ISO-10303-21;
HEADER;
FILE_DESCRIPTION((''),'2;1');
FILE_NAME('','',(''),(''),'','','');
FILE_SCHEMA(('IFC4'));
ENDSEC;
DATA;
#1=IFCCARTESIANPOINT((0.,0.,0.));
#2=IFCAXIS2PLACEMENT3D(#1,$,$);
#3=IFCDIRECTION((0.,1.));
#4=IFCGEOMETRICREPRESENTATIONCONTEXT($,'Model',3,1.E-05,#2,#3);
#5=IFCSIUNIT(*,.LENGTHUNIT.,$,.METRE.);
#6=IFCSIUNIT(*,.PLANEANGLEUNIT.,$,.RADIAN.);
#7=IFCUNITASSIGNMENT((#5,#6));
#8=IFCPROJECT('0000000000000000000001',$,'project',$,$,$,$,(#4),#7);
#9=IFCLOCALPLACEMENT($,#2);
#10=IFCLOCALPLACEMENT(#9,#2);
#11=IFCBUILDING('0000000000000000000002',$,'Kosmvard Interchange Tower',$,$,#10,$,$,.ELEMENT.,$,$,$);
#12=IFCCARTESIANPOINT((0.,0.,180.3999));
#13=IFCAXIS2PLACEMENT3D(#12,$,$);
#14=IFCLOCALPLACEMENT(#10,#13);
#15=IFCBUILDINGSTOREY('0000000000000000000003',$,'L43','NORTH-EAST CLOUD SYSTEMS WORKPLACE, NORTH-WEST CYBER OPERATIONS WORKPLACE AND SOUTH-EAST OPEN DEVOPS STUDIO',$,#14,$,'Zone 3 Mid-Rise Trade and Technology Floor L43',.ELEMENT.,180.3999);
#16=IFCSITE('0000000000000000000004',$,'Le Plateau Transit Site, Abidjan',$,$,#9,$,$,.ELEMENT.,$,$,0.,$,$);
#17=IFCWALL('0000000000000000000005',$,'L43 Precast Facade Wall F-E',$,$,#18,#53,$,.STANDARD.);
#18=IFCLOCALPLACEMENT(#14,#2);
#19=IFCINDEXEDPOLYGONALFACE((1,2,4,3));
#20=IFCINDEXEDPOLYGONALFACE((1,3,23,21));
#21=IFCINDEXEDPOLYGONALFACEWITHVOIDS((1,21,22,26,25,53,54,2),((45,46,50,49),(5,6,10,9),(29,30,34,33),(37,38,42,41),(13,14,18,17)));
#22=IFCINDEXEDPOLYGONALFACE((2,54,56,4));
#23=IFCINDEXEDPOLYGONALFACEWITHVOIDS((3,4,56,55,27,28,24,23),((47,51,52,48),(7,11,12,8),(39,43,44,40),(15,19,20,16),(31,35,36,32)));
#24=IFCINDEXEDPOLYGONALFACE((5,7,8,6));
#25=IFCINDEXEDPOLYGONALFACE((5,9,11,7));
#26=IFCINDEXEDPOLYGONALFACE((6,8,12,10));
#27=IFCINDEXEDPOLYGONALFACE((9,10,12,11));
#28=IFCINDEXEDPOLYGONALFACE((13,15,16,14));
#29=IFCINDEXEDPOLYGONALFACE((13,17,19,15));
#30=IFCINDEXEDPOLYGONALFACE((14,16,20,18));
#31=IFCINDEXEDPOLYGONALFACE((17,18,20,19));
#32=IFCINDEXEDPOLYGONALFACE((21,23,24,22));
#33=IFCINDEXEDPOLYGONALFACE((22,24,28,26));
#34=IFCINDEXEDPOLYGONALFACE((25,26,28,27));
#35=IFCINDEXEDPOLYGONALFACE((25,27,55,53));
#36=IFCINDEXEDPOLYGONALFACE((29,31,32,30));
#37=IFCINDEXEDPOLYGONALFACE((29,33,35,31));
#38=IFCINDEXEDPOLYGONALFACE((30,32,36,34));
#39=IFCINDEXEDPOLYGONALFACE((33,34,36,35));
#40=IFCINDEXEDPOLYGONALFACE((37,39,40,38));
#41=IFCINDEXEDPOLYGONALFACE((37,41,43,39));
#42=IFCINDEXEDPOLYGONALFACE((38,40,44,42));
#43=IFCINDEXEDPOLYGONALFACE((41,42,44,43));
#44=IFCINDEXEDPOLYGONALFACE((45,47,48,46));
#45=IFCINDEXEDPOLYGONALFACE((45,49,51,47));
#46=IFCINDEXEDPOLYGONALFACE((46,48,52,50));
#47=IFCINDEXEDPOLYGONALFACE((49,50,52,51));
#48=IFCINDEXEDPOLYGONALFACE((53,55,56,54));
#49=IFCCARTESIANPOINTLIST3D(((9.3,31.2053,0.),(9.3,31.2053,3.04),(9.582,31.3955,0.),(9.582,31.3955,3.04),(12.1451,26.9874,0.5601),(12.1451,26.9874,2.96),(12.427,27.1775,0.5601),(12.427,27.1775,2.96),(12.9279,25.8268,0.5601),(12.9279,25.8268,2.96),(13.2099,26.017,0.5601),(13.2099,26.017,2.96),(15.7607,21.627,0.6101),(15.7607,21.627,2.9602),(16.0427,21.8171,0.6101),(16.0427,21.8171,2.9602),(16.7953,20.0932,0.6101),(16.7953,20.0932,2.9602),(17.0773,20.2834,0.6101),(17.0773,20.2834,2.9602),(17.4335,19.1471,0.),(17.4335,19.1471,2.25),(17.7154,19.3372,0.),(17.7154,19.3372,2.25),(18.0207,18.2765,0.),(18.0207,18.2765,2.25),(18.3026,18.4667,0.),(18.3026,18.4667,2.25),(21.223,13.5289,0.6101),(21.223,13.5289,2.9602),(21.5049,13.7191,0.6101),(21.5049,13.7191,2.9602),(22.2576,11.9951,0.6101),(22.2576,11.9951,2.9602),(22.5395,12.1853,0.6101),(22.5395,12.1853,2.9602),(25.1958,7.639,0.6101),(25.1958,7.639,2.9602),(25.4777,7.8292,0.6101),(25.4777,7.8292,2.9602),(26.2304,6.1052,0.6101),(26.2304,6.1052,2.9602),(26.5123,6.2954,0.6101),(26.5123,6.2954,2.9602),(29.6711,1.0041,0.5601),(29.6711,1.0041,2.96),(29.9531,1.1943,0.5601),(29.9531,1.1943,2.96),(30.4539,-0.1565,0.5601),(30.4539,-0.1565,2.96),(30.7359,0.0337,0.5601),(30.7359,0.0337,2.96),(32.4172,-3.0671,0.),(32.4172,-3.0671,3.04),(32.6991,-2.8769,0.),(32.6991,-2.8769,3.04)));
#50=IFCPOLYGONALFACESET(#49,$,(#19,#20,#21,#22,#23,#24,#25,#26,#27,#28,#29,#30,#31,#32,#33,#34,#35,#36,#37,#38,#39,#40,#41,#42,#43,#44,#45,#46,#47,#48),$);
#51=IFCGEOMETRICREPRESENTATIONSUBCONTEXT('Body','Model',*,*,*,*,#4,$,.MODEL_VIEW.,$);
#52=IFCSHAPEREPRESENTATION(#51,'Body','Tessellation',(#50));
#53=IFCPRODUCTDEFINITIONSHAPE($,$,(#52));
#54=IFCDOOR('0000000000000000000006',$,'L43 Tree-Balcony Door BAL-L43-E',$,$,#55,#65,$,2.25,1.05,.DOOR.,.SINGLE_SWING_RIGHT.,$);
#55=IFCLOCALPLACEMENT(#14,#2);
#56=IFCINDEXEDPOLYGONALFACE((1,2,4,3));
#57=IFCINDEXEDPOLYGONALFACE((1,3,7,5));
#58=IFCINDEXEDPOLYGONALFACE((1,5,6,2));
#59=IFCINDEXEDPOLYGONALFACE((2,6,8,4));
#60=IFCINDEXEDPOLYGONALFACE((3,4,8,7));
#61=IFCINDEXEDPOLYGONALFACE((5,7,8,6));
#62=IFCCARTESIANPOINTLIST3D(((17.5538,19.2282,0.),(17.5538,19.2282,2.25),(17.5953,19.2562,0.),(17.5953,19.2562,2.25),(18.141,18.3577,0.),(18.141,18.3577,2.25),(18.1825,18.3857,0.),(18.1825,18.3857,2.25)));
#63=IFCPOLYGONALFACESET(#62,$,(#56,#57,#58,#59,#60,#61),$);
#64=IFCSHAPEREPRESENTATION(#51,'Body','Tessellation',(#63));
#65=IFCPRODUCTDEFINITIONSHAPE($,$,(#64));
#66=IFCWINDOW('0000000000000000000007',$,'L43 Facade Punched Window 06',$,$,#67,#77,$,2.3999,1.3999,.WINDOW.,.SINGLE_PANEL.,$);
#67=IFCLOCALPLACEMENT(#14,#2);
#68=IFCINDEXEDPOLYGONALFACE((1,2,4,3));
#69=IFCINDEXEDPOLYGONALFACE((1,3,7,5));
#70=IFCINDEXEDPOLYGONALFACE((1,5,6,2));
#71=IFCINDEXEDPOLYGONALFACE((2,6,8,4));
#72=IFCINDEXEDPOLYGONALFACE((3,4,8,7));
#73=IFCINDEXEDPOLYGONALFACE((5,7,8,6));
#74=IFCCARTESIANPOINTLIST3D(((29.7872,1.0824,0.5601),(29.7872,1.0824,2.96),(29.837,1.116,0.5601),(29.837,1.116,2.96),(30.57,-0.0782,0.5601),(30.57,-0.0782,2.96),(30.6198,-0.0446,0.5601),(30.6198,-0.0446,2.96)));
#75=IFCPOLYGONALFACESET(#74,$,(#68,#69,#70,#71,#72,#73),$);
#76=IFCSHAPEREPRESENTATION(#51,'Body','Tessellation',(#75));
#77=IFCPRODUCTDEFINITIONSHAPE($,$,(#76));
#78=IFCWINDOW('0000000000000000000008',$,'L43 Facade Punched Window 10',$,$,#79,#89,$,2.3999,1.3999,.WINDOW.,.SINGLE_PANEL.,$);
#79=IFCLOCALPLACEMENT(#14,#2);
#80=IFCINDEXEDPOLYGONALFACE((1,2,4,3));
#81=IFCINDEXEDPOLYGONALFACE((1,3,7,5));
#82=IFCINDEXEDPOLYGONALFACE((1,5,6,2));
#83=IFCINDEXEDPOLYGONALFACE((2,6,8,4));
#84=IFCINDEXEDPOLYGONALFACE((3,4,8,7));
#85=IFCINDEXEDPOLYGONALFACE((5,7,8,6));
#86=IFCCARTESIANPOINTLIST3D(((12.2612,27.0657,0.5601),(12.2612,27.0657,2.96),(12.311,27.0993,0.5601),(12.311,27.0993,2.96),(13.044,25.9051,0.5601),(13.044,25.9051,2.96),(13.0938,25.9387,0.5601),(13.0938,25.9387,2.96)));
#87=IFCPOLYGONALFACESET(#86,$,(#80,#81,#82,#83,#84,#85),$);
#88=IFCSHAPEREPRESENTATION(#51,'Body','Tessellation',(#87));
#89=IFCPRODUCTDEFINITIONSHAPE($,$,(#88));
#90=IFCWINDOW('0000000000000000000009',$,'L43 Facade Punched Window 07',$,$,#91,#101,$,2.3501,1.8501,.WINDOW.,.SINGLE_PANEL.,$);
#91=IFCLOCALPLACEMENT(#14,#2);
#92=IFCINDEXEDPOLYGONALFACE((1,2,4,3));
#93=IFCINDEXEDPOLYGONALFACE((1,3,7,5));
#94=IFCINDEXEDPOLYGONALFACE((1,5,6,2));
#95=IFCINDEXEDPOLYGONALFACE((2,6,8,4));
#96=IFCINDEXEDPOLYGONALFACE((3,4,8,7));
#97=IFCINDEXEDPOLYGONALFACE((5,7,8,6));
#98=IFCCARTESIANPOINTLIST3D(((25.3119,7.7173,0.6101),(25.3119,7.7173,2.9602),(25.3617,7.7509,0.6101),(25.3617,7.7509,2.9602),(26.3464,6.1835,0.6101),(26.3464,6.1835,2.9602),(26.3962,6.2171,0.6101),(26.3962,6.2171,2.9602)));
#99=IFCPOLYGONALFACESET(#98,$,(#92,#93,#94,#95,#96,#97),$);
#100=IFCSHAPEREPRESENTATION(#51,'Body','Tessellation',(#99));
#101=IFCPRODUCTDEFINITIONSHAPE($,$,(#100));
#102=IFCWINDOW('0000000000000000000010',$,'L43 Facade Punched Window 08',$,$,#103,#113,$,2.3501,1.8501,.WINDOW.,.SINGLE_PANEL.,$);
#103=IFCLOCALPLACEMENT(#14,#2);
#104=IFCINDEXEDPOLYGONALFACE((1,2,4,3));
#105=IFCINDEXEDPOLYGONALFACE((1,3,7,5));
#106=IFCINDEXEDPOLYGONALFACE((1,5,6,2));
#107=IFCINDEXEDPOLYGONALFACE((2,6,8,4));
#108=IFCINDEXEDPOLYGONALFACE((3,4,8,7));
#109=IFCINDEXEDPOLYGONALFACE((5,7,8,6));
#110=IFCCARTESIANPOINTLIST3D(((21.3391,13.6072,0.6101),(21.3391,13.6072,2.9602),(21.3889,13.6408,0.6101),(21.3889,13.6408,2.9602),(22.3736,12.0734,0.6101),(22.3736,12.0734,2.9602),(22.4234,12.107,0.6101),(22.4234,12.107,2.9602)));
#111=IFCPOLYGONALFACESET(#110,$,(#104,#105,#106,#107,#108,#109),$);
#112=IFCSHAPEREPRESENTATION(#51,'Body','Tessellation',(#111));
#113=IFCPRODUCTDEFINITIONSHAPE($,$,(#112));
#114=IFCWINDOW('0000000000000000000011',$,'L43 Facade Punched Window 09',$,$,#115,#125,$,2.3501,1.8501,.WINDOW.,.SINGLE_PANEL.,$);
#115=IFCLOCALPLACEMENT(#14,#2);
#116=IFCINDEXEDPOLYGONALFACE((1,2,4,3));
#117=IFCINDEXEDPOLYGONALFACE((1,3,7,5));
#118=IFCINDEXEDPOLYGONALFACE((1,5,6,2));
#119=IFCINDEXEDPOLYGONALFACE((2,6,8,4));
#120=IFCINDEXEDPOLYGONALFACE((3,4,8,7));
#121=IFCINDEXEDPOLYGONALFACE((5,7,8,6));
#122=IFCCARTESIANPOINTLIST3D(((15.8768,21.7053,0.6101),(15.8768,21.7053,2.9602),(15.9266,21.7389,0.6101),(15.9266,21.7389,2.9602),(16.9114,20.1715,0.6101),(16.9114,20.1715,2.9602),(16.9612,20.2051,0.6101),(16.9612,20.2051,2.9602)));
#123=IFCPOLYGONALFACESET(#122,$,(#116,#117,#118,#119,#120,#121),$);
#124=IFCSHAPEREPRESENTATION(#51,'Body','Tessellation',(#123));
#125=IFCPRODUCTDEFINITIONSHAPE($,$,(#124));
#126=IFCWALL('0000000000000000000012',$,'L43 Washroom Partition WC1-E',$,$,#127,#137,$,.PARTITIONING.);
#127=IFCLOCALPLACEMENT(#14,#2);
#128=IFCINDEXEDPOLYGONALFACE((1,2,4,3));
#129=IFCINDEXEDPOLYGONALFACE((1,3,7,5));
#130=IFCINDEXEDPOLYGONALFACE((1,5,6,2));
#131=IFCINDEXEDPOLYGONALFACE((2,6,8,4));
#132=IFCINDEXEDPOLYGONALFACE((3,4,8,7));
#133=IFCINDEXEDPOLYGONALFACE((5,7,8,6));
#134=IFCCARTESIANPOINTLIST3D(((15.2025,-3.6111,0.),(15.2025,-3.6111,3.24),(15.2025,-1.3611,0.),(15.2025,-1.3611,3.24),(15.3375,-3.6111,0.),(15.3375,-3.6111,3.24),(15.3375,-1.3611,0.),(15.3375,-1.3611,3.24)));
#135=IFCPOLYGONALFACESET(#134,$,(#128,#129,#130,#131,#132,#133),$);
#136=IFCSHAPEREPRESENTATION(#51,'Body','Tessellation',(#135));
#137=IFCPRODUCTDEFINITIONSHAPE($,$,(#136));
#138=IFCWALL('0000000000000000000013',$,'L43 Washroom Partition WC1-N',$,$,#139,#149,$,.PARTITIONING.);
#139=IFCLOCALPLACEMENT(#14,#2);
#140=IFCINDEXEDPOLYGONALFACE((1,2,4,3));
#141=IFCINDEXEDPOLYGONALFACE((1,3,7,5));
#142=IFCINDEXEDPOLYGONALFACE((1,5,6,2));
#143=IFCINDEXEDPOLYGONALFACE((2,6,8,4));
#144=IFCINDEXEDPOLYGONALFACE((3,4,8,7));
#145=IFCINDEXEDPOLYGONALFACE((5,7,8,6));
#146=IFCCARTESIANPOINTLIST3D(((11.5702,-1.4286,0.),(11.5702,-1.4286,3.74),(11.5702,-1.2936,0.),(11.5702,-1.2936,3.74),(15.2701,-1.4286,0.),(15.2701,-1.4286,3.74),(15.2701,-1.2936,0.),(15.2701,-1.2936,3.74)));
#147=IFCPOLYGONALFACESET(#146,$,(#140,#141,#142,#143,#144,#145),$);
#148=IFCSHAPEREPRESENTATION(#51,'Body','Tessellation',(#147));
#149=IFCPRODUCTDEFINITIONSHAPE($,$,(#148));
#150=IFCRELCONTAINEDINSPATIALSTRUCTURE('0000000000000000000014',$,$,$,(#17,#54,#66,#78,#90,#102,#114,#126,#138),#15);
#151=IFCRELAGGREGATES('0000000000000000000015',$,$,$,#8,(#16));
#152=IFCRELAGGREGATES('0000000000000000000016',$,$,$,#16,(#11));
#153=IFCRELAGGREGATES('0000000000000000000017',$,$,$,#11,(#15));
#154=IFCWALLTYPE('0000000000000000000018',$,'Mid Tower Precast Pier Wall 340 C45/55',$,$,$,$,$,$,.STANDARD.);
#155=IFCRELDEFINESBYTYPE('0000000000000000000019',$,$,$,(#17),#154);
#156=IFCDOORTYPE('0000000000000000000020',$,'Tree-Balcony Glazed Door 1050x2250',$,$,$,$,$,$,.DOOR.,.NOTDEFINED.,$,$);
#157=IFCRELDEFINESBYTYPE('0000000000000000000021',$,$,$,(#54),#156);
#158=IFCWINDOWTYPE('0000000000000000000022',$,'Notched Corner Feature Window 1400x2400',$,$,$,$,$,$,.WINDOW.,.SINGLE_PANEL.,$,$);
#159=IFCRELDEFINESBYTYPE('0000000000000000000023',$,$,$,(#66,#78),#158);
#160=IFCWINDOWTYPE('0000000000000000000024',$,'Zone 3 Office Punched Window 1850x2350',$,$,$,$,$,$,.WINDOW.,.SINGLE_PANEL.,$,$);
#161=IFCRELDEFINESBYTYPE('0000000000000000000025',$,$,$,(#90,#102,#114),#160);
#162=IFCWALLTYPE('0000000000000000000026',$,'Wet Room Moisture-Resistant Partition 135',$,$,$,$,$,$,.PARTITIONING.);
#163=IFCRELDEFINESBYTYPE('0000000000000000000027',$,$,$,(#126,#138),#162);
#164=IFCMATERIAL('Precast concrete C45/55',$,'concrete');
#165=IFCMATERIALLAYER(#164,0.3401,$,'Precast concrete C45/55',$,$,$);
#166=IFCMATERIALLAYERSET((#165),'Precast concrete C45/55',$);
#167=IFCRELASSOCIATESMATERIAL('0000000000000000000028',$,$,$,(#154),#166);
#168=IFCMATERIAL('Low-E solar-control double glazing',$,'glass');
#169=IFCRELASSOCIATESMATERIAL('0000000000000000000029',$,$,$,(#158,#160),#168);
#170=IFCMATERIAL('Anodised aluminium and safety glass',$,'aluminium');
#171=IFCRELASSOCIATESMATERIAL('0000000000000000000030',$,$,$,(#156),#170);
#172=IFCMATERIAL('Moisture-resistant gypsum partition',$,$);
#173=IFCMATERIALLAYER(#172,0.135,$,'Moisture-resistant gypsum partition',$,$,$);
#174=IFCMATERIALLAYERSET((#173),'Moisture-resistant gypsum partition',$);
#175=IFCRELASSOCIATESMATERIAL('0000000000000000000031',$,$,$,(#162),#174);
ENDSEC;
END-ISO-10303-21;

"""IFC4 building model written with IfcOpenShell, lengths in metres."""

from ifc_helpers import new_model, si_unit, direction, frame, frame_2d, origin, place, context, subcontext, project, spatial, rectangle, extrude, source, transform, mapped, material, layer, layer_set, type_object, element, fill, save


model = new_model("IFC4")

# Units and contexts
model_context = context("Model", 3, precision=1e-05, world=origin(), true_north=direction((0.0, 1.0)))
body_context = subcontext(model_context, "Body", "Model", "MODEL_VIEW")
ifc_project = project(units=[si_unit("LENGTHUNIT", "METRE"), si_unit("PLANEANGLEUNIT", "RADIAN")], contexts=[model_context])

# Site, building, storey
site_placement = place(None, origin())
site = spatial("IfcSite", under=ifc_project, at=site_placement, Name="Le Plateau Transit Site, Abidjan", CompositionType="ELEMENT", RefElevation=0.0)
building_placement = place(site_placement, origin())
building = spatial("IfcBuilding", under=site, at=building_placement, Name="Kosmvard Interchange Tower", CompositionType="ELEMENT")
storey_placement = place(building_placement, frame((0.0, 0.0, 180.3999)))
storey = spatial("IfcBuildingStorey", under=building, at=storey_placement, Name="L43", Description="NORTH-EAST CLOUD SYSTEMS WORKPLACE, NORTH-WEST CYBER OPERATIONS WORKPLACE AND SOUTH-EAST OPEN DEVOPS STUDIO", LongName="Zone 3 Mid-Rise Trade and Technology Floor L43", CompositionType="ELEMENT", Elevation=180.3999)

# Shared definitions
ifc_material_1 = material(Name="Precast concrete C45/55", Category="concrete")

# Shared definitions
ifc_layer_1 = layer(ifc_material_1, 0.3401, Name="Precast concrete C45/55")
ifc_layer_set_1 = layer_set([ifc_layer_1], Name="Precast concrete C45/55")
wall_type_1 = type_object("IfcWallType", Name="Mid Tower Precast Pier Wall 340 C45/55", PredefinedType="STANDARD", material=ifc_layer_set_1)

# Shared definitions
ifc_material_2 = material(Name="Low-E solar-control double glazing", Category="glass")
window_type_1 = type_object("IfcWindowType", Name="Notched Corner Feature Window 1400x2400", PartitioningType="SINGLE_PANEL", PredefinedType="WINDOW", material=ifc_material_2)
shared_shape_1 = source(origin(), body_context, "Body", "SweptSolid", [
    extrude(rectangle(XDim=1.3999, YDim=2.3999, at=frame_2d((0.7, 1.2))), frame((0.0, 0.03, 0.0), z_axis=(0.0, -1.0, 0.0), x_axis=(1.0, 0.0, 0.0)), (0.0, 0.0, 1.0), 0.0601),
])

# Wall, openings, door, windows
wall_1_placement = place(storey_placement, frame((32.5581, -2.9719, 0.0), z_axis=(0.0, 0.0, 1.0), x_axis=(-0.559195, 0.829036, 0.0)))
wall_1 = element("IfcWall", 1, at=wall_1_placement, inside=storey, type_object=wall_type_1, Name="L43 Precast Facade Wall F-E", PredefinedType="STANDARD", context=body_context, shape_type="SweptSolid", body=[
    extrude(rectangle(XDim=41.3401, YDim=0.3401, at=frame_2d((20.6699, 0.0))), origin(), (0.0, 0.0, 1.0), 3.04),
])
opening_1_placement = place(wall_1_placement, frame((25.7451, 0.0, 0.0)))
opening_1 = element("IfcOpeningElement", 2, at=opening_1_placement, cuts=wall_1, PredefinedType="OPENING", context=body_context, shape_type="SweptSolid", body=[
    extrude(rectangle(XDim=1.05, YDim=2.25, at=frame_2d((0.5249, 1.125))), frame((0.0, 0.1802, 0.0), z_axis=(0.0, -1.0, 0.0), x_axis=(1.0, 0.0, 0.0)), (0.0, 0.0, 1.0), 0.3601),
])
opening_2_placement = place(wall_1_placement, frame((3.5107, 0.0, 0.5601)))
opening_2 = element("IfcOpeningElement", 3, at=opening_2_placement, cuts=wall_1, PredefinedType="OPENING", context=body_context, shape_type="SweptSolid", body=[
    extrude(rectangle(XDim=1.3999, YDim=2.3999, at=frame_2d((0.7, 1.2))), frame((0.0, 0.1802, 0.0), z_axis=(0.0, -1.0, 0.0), x_axis=(1.0, 0.0, 0.0)), (0.0, 0.0, 1.0), 0.3601),
])
opening_3_placement = place(wall_1_placement, frame((11.0637, 0.0, 0.6101)))
opening_3 = element("IfcOpeningElement", 4, at=opening_3_placement, cuts=wall_1, PredefinedType="OPENING", context=body_context, shape_type="SweptSolid", body=[
    extrude(rectangle(XDim=1.8501, YDim=2.3501, at=frame_2d((0.925, 1.175))), frame((0.0, 0.1802, 0.0), z_axis=(0.0, -1.0, 0.0), x_axis=(1.0, 0.0, 0.0)), (0.0, 0.0, 1.0), 0.3601),
])
opening_4_placement = place(wall_1_placement, frame((18.1682, 0.0, 0.6101)))
opening_4 = element("IfcOpeningElement", 5, at=opening_4_placement, cuts=wall_1, PredefinedType="OPENING", context=body_context, shape_type="SweptSolid", body=[
    extrude(rectangle(XDim=1.8501, YDim=2.3501, at=frame_2d((0.925, 1.175))), frame((0.0, 0.1802, 0.0), z_axis=(0.0, -1.0, 0.0), x_axis=(1.0, 0.0, 0.0)), (0.0, 0.0, 1.0), 0.3601),
])
opening_5_placement = place(wall_1_placement, frame((27.9363, 0.0, 0.6101)))
opening_5 = element("IfcOpeningElement", 6, at=opening_5_placement, cuts=wall_1, PredefinedType="OPENING", context=body_context, shape_type="SweptSolid", body=[
    extrude(rectangle(XDim=1.8501, YDim=2.3501, at=frame_2d((0.925, 1.175))), frame((0.0, 0.1802, 0.0), z_axis=(0.0, -1.0, 0.0), x_axis=(1.0, 0.0, 0.0)), (0.0, 0.0, 1.0), 0.3601),
])
opening_6_placement = place(wall_1_placement, frame((34.8523, 0.0, 0.5601)))
opening_6 = element("IfcOpeningElement", 7, at=opening_6_placement, cuts=wall_1, PredefinedType="OPENING", context=body_context, shape_type="SweptSolid", body=[
    extrude(rectangle(XDim=1.3999, YDim=2.3999, at=frame_2d((0.7, 1.2))), frame((0.0, 0.1802, 0.0), z_axis=(0.0, -1.0, 0.0), x_axis=(1.0, 0.0, 0.0)), (0.0, 0.0, 1.0), 0.3601),
])
ifc_material_3 = material(Name="Anodised aluminium and safety glass", Category="aluminium")
door_type = type_object("IfcDoorType", Name="Tree-Balcony Glazed Door 1050x2250", OperationType="NOTDEFINED", PredefinedType="DOOR", material=ifc_material_3)
shared_shape_2 = source(origin(), body_context, "Body", "SweptSolid", [
    extrude(rectangle(XDim=1.05, YDim=2.25, at=frame_2d((0.5249, 1.125))), frame((0.0, 0.0249, 0.0), z_axis=(0.0, -1.0, 0.0), x_axis=(1.0, 0.0, 0.0)), (0.0, 0.0, 1.0), 0.05),
])
door_placement = place(opening_1_placement, origin())
door = element("IfcDoor", 8, at=door_placement, inside=storey, type_object=door_type, Name="L43 Tree-Balcony Door BAL-L43-E", OperationType="SINGLE_SWING_RIGHT", OverallHeight=2.25, OverallWidth=1.05, PredefinedType="DOOR", context=body_context, shape_type="MappedRepresentation", body=[
    mapped(shared_shape_2, transform((0.0, 0.0, 0.0), scale=1.0)),
])
fill(opening_1, door)
window_1_placement = place(opening_2_placement, origin())
window_1 = element("IfcWindow", 9, at=window_1_placement, inside=storey, type_object=window_type_1, Name="L43 Facade Punched Window 06", OverallHeight=2.3999, OverallWidth=1.3999, PartitioningType="SINGLE_PANEL", PredefinedType="WINDOW", context=body_context, shape_type="MappedRepresentation", body=[
    mapped(shared_shape_1, transform((0.0, 0.0, 0.0), scale=1.0)),
])
fill(opening_2, window_1)
window_2_placement = place(opening_6_placement, origin())
window_2 = element("IfcWindow", 10, at=window_2_placement, inside=storey, type_object=window_type_1, Name="L43 Facade Punched Window 10", OverallHeight=2.3999, OverallWidth=1.3999, PartitioningType="SINGLE_PANEL", PredefinedType="WINDOW", context=body_context, shape_type="MappedRepresentation", body=[
    mapped(shared_shape_1, transform((0.0, 0.0, 0.0), scale=1.0)),
])
fill(opening_6, window_2)
window_type_2 = type_object("IfcWindowType", Name="Zone 3 Office Punched Window 1850x2350", PartitioningType="SINGLE_PANEL", PredefinedType="WINDOW", material=ifc_material_2)
shared_shape_3 = source(origin(), body_context, "Body", "SweptSolid", [
    extrude(rectangle(XDim=1.8501, YDim=2.3501, at=frame_2d((0.925, 1.175))), frame((0.0, 0.03, 0.0), z_axis=(0.0, -1.0, 0.0), x_axis=(1.0, 0.0, 0.0)), (0.0, 0.0, 1.0), 0.0601),
])
window_3_placement = place(opening_3_placement, origin())
window_3 = element("IfcWindow", 11, at=window_3_placement, inside=storey, type_object=window_type_2, Name="L43 Facade Punched Window 07", OverallHeight=2.3501, OverallWidth=1.8501, PartitioningType="SINGLE_PANEL", PredefinedType="WINDOW", context=body_context, shape_type="MappedRepresentation", body=[
    mapped(shared_shape_3, transform((0.0, 0.0, 0.0), scale=1.0)),
])
fill(opening_3, window_3)
window_4_placement = place(opening_4_placement, origin())
window_4 = element("IfcWindow", 12, at=window_4_placement, inside=storey, type_object=window_type_2, Name="L43 Facade Punched Window 08", OverallHeight=2.3501, OverallWidth=1.8501, PartitioningType="SINGLE_PANEL", PredefinedType="WINDOW", context=body_context, shape_type="MappedRepresentation", body=[
    mapped(shared_shape_3, transform((0.0, 0.0, 0.0), scale=1.0)),
])
fill(opening_4, window_4)
window_5_placement = place(opening_5_placement, origin())
window_5 = element("IfcWindow", 13, at=window_5_placement, inside=storey, type_object=window_type_2, Name="L43 Facade Punched Window 09", OverallHeight=2.3501, OverallWidth=1.8501, PartitioningType="SINGLE_PANEL", PredefinedType="WINDOW", context=body_context, shape_type="MappedRepresentation", body=[
    mapped(shared_shape_3, transform((0.0, 0.0, 0.0), scale=1.0)),
])
fill(opening_5, window_5)

# Walls
ifc_material_4 = material(Name="Moisture-resistant gypsum partition")
ifc_layer_2 = layer(ifc_material_4, 0.135, Name="Moisture-resistant gypsum partition")
ifc_layer_set_2 = layer_set([ifc_layer_2], Name="Moisture-resistant gypsum partition")
wall_type_2 = type_object("IfcWallType", Name="Wet Room Moisture-Resistant Partition 135", PredefinedType="PARTITIONING", material=ifc_layer_set_2)
wall_2_placement = place(storey_placement, frame((15.27, -3.6111, 0.0), z_axis=(0.0, 0.0, 1.0), x_axis=(0.0, 1.0, 0.0)))
element("IfcWall", 14, at=wall_2_placement, inside=storey, type_object=wall_type_2, Name="L43 Washroom Partition WC1-E", PredefinedType="PARTITIONING", context=body_context, shape_type="SweptSolid", body=[
    extrude(rectangle(XDim=2.25, YDim=0.135, at=frame_2d((1.125, 0.0))), origin(), (0.0, 0.0, 1.0), 3.24),
])
wall_3_placement = place(storey_placement, frame((11.5701, -1.3611, 0.0), z_axis=(0.0, 0.0, 1.0), x_axis=(1.0, 0.0, 0.0)))
element("IfcWall", 15, at=wall_3_placement, inside=storey, type_object=wall_type_2, Name="L43 Washroom Partition WC1-N", PredefinedType="PARTITIONING", context=body_context, shape_type="SweptSolid", body=[
    extrude(rectangle(XDim=3.7, YDim=0.135, at=frame_2d((1.8501, 0.0))), origin(), (0.0, 0.0, 1.0), 3.74),
])

save(model, "model.ifc")
